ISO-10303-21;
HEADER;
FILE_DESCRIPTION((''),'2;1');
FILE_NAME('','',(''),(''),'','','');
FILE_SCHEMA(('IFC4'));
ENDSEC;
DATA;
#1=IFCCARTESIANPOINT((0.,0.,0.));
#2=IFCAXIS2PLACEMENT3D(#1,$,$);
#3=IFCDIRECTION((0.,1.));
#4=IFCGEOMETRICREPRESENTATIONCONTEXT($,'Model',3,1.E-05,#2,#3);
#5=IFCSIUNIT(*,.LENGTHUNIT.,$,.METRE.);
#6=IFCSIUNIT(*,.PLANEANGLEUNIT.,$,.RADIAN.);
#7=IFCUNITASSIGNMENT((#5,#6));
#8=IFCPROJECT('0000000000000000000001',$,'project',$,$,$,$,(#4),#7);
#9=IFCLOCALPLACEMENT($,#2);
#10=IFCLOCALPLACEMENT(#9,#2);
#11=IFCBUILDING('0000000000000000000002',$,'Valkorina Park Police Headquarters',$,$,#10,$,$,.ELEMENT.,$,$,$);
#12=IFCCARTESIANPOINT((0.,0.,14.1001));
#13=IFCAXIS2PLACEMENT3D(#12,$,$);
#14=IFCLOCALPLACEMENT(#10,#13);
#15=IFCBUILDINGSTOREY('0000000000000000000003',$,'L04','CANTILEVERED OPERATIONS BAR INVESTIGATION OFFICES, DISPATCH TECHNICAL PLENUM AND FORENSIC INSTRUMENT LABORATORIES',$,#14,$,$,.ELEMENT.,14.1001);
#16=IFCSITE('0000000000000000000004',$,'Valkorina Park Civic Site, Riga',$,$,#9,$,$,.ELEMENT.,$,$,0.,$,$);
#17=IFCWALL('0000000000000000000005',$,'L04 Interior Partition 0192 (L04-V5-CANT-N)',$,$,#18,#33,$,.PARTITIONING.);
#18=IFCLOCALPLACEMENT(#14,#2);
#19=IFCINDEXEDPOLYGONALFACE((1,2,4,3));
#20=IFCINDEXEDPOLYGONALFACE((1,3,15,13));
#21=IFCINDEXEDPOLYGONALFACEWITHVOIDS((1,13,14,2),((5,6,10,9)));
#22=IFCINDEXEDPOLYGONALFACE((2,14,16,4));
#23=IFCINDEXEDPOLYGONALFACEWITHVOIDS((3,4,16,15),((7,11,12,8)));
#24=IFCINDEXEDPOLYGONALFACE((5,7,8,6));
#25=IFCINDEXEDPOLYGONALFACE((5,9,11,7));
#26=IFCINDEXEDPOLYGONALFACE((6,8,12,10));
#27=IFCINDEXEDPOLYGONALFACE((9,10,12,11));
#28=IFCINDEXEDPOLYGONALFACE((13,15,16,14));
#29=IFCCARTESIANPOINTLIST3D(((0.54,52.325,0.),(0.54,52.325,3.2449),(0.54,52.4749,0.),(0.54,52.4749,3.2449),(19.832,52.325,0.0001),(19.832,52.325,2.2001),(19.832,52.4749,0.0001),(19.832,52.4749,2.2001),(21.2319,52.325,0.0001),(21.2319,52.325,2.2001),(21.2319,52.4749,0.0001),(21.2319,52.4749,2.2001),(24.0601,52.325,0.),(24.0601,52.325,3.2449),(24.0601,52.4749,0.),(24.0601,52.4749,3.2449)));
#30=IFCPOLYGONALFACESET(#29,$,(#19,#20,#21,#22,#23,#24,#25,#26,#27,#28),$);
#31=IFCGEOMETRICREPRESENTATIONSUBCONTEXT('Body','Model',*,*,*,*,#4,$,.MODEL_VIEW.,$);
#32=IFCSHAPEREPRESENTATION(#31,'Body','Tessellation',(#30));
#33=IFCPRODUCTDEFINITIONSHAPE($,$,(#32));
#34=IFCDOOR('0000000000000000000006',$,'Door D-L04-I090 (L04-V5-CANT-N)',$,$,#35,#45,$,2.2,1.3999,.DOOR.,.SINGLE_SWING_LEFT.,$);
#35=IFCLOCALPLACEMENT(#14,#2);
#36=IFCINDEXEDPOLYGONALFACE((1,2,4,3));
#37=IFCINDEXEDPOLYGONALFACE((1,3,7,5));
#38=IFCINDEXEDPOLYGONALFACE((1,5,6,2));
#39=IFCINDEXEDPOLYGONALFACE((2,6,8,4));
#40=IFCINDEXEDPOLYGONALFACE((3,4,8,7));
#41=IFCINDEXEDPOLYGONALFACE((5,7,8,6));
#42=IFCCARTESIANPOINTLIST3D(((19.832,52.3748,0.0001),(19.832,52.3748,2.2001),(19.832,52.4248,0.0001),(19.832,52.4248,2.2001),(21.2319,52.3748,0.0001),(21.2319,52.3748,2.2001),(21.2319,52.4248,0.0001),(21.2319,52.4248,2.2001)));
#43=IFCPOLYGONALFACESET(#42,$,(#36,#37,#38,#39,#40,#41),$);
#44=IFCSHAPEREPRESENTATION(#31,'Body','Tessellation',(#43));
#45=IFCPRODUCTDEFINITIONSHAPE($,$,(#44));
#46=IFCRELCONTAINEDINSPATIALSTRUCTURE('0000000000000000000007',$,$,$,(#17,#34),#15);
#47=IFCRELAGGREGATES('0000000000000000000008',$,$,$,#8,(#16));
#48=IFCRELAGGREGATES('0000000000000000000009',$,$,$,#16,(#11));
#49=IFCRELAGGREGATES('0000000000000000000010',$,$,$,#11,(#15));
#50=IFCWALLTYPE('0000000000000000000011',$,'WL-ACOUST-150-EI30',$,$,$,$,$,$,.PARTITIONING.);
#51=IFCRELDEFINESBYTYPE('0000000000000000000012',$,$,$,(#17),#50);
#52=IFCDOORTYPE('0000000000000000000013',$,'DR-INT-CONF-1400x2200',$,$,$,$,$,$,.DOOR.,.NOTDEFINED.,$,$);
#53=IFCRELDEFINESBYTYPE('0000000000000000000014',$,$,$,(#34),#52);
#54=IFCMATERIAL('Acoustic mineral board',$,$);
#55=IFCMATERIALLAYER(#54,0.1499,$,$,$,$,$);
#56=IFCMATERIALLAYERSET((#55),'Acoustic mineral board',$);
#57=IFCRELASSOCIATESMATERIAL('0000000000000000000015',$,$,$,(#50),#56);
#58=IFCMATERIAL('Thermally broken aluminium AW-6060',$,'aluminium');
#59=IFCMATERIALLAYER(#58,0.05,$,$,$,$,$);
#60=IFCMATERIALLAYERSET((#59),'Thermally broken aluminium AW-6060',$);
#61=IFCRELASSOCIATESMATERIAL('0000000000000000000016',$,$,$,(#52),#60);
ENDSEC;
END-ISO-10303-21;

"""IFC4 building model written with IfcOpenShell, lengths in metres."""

from ifc_helpers import new_model, si_unit, direction, frame, frame_2d, origin, place, context, subcontext, project, spatial, rectangle, extrude, material, layer, layer_set, type_object, element, fill, save


model = new_model("IFC4")

# Units and contexts
model_context = context("Model", 3, precision=1e-05, world=origin(), true_north=direction((0.0, 1.0)))
body_context = subcontext(model_context, "Body", "Model", "MODEL_VIEW")
ifc_project = project(units=[si_unit("LENGTHUNIT", "METRE"), si_unit("PLANEANGLEUNIT", "RADIAN")], contexts=[model_context])

# Site, building, storey
site_placement = place(None, origin())
site = spatial("IfcSite", under=ifc_project, at=site_placement, Name="Valkorina Park Civic Site, Riga", CompositionType="ELEMENT", RefElevation=0.0)
building_placement = place(site_placement, origin())
building = spatial("IfcBuilding", under=site, at=building_placement, Name="Valkorina Park Police Headquarters", CompositionType="ELEMENT")
storey_placement = place(building_placement, frame((0.0, 0.0, 14.1001)))
storey = spatial("IfcBuildingStorey", under=building, at=storey_placement, Name="L04", Description="CANTILEVERED OPERATIONS BAR INVESTIGATION OFFICES, DISPATCH TECHNICAL PLENUM AND FORENSIC INSTRUMENT LABORATORIES", CompositionType="ELEMENT", Elevation=14.1001)

# Shared definitions
ifc_material_1 = material(Name="Thermally broken aluminium AW-6060", Category="aluminium")

# Shared definitions
ifc_material_2 = material(Name="Acoustic mineral board")
ifc_layer_1 = layer(ifc_material_2, 0.1499)
ifc_layer_set_1 = layer_set([ifc_layer_1], Name="Acoustic mineral board")
wall_type = type_object("IfcWallType", Name="WL-ACOUST-150-EI30", PredefinedType="PARTITIONING", material=ifc_layer_set_1)

# Wall, opening, door
wall_1_placement = place(storey_placement, frame((0.54, 52.3999, 0.0), z_axis=(0.0, 0.0, 1.0), x_axis=(1.0, 0.0, 0.0)))
wall_1 = element("IfcWall", 1, at=wall_1_placement, inside=storey, type_object=wall_type, Name="L04 Interior Partition 0192 (L04-V5-CANT-N)", PredefinedType="PARTITIONING", context=body_context, shape_type="SweptSolid", body=[
    extrude(rectangle(XDim=23.52, YDim=0.1499, at=frame_2d((11.76, 0.0))), origin(), (0.0, 0.0, 1.0), 3.2449),
])
opening_placement = place(wall_1_placement, frame((19.292, 0.0, 0.0)))
opening = element("IfcOpeningElement", 2, at=opening_placement, cuts=wall_1, PredefinedType="OPENING", context=body_context, shape_type="SweptSolid", body=[
    extrude(rectangle(XDim=1.3999, YDim=2.2, at=frame_2d((0.7, 1.1001))), frame((0.0, 0.085, 0.0), z_axis=(0.0, -1.0, 0.0), x_axis=(1.0, 0.0, 0.0)), (0.0, 0.0, 1.0), 0.1699),
])
ifc_layer_2 = layer(ifc_material_1, 0.05)
ifc_layer_set_2 = layer_set([ifc_layer_2], Name="Thermally broken aluminium AW-6060")
door_type = type_object("IfcDoorType", Name="DR-INT-CONF-1400x2200", OperationType="NOTDEFINED", PredefinedType="DOOR", material=ifc_layer_set_2)
door_placement = place(opening_placement, origin())
door = element("IfcDoor", 3, at=door_placement, inside=storey, type_object=door_type, Name="Door D-L04-I090 (L04-V5-CANT-N)", OperationType="SINGLE_SWING_LEFT", OverallHeight=2.2, OverallWidth=1.3999, PredefinedType="DOOR", context=body_context, shape_type="SweptSolid", body=[
    extrude(rectangle(XDim=1.3999, YDim=2.2, at=frame_2d((0.7, 1.1001))), frame((0.0, 0.0249, 0.0), z_axis=(0.0, -1.0, 0.0), x_axis=(1.0, 0.0, 0.0)), (0.0, 0.0, 1.0), 0.05),
])
fill(opening, door)

save(model, "model.ifc")
